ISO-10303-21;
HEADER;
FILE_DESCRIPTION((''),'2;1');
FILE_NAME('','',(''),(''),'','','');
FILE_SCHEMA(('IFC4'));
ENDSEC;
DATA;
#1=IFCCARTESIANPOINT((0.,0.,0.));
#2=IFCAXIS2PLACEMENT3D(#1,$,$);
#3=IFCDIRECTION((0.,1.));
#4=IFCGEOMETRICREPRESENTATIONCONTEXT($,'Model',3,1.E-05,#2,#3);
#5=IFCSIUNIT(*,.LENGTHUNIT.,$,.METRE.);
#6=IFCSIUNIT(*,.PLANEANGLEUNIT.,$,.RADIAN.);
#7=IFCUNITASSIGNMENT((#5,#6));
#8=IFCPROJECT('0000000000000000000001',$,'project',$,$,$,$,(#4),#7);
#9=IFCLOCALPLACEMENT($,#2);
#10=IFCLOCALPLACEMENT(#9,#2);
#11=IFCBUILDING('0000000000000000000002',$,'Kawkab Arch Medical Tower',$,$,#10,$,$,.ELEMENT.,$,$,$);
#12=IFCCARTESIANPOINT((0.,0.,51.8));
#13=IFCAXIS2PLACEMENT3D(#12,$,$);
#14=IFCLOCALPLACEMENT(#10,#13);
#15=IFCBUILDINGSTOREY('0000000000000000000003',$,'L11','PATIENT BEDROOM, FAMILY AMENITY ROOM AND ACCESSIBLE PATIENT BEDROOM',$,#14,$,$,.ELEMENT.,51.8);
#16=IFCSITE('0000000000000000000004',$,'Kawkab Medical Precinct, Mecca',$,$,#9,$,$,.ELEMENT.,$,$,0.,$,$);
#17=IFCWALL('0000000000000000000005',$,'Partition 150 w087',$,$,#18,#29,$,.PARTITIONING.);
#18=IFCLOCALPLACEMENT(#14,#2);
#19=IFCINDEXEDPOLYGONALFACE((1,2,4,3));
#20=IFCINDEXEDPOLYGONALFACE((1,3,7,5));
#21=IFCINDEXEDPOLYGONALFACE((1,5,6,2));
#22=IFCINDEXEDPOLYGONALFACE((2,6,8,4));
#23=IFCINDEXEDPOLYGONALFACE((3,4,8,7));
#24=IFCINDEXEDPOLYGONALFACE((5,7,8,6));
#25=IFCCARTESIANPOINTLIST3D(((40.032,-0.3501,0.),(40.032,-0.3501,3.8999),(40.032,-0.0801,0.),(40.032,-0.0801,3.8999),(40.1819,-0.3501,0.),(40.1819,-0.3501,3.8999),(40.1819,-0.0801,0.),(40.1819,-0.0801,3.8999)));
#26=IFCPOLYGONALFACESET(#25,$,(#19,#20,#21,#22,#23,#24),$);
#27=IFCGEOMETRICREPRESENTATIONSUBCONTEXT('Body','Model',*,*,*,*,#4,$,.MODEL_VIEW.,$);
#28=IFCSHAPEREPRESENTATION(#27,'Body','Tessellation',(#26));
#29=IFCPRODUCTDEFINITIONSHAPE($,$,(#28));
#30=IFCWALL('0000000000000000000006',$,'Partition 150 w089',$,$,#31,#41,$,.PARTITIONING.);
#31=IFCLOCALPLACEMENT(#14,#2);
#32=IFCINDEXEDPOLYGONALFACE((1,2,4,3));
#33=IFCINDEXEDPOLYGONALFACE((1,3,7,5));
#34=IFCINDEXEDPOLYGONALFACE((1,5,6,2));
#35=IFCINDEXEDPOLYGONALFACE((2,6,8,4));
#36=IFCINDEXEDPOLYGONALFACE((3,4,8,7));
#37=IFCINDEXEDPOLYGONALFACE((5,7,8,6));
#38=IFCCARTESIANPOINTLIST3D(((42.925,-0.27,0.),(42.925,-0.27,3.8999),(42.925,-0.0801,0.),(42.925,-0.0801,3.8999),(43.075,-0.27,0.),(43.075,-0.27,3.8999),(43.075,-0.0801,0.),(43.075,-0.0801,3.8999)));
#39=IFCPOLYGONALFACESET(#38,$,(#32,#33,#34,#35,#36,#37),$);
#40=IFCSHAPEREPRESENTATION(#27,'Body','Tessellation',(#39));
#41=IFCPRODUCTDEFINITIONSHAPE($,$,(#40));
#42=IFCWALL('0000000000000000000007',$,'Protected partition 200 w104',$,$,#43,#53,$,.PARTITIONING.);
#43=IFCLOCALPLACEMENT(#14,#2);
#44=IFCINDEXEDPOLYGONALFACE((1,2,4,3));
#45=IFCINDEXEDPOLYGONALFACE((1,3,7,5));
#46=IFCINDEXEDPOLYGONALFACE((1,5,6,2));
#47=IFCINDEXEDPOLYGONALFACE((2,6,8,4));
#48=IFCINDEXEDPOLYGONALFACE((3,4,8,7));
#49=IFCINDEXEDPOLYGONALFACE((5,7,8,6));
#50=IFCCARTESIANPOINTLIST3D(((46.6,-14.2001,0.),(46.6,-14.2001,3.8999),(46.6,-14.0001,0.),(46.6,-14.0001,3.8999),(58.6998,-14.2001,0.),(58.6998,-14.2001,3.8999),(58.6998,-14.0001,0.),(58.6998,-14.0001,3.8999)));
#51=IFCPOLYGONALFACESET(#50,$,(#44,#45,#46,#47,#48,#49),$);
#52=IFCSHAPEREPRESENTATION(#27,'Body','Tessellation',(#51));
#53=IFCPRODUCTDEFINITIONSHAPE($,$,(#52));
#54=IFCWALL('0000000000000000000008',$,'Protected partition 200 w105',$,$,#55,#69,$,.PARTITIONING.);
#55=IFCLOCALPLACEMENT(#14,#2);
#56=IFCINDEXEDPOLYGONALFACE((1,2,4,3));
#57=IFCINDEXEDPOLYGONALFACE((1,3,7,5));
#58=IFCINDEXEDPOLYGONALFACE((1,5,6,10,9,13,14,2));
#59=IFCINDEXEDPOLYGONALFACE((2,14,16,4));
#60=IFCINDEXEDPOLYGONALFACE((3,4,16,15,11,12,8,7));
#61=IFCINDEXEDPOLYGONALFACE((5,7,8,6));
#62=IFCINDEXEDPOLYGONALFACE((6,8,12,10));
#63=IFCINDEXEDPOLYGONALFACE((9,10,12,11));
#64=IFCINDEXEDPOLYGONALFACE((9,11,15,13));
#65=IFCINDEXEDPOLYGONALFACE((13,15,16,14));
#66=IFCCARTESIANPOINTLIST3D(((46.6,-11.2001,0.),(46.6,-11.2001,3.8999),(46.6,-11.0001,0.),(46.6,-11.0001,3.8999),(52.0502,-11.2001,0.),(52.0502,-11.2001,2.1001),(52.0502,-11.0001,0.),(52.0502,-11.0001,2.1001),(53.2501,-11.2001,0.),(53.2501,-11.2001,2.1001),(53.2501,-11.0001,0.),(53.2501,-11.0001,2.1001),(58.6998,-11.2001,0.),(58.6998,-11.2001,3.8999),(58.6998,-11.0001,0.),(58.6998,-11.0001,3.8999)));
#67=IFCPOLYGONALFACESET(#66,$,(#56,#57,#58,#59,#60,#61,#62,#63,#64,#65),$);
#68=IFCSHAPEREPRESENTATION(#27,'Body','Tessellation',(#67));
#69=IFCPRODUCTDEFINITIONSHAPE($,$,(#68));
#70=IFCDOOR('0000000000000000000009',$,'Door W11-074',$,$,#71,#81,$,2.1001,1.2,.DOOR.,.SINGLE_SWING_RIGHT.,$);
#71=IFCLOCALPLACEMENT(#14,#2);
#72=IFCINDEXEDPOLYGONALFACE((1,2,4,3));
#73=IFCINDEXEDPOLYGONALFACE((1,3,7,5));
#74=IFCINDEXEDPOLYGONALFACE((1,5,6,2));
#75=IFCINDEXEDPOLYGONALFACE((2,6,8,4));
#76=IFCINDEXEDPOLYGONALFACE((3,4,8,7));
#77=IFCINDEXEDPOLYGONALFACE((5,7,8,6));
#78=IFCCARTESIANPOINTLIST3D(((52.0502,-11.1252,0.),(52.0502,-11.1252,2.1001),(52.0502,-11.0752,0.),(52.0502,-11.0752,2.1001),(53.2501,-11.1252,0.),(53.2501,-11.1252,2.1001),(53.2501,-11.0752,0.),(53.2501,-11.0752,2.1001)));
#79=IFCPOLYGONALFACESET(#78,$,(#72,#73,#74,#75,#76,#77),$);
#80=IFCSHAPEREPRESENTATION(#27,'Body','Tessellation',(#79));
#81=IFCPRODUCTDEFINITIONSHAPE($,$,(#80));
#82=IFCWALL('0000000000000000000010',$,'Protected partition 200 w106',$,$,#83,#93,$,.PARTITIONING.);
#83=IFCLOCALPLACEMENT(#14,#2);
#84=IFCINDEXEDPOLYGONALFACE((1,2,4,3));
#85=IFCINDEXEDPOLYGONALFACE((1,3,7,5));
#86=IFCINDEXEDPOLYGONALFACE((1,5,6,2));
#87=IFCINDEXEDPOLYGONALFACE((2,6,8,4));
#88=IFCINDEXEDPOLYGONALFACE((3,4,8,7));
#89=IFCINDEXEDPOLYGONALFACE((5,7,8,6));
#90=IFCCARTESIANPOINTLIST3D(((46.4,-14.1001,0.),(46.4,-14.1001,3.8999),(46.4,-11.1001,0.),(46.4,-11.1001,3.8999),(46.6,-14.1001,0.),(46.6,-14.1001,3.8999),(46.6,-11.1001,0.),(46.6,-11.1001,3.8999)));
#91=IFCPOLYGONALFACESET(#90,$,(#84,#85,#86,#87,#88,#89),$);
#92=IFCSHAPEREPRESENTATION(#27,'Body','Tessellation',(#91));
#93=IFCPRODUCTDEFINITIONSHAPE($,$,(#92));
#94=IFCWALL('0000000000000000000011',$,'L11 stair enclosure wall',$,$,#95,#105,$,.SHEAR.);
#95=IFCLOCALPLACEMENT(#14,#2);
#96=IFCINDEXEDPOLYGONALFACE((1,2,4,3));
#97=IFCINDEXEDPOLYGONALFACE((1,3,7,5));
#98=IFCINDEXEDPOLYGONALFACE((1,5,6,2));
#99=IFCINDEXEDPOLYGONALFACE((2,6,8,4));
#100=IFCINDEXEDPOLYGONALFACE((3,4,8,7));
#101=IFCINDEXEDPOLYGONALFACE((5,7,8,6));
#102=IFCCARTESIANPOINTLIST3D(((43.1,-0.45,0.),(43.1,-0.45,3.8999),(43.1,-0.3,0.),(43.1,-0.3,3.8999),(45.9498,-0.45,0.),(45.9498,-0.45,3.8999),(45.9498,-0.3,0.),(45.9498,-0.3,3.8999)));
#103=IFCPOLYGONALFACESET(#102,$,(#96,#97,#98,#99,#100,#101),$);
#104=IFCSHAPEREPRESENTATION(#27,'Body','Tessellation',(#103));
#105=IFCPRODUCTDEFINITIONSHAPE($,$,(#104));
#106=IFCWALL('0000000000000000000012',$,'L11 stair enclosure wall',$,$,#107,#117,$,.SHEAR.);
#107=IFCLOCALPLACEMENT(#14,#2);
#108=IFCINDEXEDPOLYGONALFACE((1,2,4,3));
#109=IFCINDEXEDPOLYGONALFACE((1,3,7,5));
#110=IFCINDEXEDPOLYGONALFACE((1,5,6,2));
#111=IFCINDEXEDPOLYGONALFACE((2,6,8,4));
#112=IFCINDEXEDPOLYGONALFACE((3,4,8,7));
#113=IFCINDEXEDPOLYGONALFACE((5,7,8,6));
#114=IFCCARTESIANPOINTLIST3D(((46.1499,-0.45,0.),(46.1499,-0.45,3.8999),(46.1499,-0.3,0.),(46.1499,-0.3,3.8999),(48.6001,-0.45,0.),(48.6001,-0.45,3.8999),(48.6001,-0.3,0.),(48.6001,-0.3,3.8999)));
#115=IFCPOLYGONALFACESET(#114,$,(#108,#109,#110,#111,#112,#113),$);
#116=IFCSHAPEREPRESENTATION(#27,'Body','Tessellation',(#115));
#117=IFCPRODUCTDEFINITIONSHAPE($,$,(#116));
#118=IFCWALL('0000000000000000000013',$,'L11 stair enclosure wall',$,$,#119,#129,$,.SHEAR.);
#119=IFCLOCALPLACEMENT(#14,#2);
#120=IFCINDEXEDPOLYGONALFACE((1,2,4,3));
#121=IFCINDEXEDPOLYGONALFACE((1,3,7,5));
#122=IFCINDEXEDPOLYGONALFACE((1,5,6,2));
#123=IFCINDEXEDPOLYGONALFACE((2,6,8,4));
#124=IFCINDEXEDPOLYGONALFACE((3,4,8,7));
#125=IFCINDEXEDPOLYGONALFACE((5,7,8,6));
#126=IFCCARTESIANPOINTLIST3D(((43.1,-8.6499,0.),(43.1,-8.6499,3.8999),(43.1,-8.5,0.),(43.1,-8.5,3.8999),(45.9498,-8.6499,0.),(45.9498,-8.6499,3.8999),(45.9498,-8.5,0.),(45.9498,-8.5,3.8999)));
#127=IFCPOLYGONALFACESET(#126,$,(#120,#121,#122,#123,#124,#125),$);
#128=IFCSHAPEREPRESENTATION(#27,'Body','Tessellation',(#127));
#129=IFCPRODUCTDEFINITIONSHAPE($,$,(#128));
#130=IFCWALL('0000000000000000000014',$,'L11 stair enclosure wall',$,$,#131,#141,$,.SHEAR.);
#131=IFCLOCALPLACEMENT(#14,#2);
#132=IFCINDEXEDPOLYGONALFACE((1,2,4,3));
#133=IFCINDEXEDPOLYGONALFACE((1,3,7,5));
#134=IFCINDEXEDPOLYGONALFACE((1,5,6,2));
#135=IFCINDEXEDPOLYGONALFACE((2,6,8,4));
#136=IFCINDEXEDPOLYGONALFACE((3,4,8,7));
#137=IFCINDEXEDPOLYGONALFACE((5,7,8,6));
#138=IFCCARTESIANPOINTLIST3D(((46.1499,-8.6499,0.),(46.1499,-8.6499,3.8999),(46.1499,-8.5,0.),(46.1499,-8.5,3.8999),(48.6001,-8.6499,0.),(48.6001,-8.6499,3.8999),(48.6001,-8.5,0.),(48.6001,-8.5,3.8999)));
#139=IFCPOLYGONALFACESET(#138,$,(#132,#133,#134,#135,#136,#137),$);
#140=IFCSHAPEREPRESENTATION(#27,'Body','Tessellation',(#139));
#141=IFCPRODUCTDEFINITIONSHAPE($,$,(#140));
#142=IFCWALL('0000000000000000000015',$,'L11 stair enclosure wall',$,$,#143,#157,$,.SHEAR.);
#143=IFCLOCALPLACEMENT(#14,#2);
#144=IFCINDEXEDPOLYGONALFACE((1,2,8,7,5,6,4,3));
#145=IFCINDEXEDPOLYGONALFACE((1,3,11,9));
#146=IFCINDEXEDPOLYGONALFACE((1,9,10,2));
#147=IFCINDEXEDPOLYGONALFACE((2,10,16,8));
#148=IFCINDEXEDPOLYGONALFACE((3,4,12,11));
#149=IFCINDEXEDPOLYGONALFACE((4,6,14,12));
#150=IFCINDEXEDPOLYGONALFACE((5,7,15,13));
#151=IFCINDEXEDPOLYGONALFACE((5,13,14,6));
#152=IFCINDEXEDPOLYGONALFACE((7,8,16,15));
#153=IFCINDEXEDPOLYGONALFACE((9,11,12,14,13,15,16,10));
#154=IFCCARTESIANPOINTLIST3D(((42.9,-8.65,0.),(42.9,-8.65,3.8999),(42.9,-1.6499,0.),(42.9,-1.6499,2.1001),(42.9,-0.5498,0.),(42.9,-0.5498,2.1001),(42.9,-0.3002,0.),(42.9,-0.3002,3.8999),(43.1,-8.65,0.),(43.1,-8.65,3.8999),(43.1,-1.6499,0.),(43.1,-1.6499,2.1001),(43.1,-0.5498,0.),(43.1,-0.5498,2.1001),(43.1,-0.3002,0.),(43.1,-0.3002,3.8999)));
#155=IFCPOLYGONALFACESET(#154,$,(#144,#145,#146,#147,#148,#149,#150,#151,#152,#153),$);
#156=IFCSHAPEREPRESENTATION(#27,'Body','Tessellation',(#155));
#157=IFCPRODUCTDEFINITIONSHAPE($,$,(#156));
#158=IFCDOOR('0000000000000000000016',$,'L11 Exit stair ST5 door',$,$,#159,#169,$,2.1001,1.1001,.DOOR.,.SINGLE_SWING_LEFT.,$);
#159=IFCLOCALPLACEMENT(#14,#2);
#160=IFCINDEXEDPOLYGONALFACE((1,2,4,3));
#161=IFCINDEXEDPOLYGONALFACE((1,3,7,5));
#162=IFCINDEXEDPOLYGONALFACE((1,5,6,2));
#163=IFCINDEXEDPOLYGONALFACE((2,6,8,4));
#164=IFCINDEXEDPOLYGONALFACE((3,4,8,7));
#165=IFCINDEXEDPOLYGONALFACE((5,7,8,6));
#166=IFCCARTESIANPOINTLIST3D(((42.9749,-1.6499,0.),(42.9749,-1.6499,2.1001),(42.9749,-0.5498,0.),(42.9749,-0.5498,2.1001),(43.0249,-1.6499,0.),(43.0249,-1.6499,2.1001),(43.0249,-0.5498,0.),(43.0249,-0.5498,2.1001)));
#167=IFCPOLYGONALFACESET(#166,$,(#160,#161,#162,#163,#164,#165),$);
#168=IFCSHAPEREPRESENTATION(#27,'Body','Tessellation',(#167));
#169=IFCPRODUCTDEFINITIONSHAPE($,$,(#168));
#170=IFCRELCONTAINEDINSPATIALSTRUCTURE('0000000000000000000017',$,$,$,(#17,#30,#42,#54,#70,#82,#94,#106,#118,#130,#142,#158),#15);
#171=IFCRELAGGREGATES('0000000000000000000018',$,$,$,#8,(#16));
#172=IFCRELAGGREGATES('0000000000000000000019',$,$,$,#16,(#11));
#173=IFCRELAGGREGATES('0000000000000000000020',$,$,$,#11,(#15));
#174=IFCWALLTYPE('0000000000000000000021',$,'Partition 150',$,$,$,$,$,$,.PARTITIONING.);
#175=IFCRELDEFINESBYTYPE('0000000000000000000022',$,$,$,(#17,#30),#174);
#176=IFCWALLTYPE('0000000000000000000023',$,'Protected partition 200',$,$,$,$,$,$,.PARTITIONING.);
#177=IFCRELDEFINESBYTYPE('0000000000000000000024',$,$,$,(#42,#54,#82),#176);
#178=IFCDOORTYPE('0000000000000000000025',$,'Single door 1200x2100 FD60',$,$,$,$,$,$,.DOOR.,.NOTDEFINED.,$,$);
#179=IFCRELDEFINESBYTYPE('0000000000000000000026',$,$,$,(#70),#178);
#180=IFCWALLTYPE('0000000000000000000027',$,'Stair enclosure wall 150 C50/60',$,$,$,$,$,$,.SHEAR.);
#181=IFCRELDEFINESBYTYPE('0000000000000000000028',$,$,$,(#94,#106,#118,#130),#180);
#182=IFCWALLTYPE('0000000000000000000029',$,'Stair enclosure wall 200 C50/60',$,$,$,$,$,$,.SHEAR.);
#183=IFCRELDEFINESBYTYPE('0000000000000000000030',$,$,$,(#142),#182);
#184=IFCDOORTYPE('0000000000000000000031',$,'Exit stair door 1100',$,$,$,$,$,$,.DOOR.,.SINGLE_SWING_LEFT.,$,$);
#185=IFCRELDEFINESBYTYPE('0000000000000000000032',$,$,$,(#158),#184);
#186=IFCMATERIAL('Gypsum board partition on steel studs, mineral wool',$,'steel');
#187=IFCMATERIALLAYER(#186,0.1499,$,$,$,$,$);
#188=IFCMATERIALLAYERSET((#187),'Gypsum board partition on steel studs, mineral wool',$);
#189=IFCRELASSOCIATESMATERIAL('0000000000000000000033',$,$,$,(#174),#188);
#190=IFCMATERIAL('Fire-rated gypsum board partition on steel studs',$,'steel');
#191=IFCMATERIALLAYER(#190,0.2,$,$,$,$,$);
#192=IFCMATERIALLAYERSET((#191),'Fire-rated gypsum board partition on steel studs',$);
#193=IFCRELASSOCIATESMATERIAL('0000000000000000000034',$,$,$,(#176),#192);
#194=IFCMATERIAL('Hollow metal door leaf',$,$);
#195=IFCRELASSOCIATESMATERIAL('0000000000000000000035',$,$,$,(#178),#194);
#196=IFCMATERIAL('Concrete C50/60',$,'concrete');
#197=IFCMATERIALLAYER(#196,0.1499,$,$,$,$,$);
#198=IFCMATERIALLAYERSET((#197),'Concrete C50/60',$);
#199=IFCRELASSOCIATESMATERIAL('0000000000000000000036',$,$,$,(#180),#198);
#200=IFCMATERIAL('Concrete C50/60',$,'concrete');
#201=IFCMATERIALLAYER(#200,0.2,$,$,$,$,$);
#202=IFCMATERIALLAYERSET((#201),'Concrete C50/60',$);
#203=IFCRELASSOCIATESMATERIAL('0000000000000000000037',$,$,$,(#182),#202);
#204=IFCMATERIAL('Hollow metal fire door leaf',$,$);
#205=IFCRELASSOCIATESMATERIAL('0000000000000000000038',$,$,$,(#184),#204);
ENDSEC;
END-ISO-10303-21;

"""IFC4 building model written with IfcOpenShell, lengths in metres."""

from ifc_helpers import new_model, si_unit, direction, frame, frame_2d, origin, place, context, subcontext, project, spatial, rectangle, extrude, material, layer, layer_set, type_object, element, fill, save


model = new_model("IFC4")

# Units and contexts
model_context = context("Model", 3, precision=1e-05, world=origin(), true_north=direction((0.0, 1.0)))
body_context = subcontext(model_context, "Body", "Model", "MODEL_VIEW")
ifc_project = project(units=[si_unit("LENGTHUNIT", "METRE"), si_unit("PLANEANGLEUNIT", "RADIAN")], contexts=[model_context])

# Site, building, storey
site_placement = place(None, origin())
site = spatial("IfcSite", under=ifc_project, at=site_placement, Name="Kawkab Medical Precinct, Mecca", CompositionType="ELEMENT", RefElevation=0.0)
building_placement = place(site_placement, origin())
building = spatial("IfcBuilding", under=site, at=building_placement, Name="Kawkab Arch Medical Tower", CompositionType="ELEMENT")
storey_placement = place(building_placement, frame((0.0, 0.0, 51.8)))
storey = spatial("IfcBuildingStorey", under=building, at=storey_placement, Name="L11", Description="PATIENT BEDROOM, FAMILY AMENITY ROOM AND ACCESSIBLE PATIENT BEDROOM", CompositionType="ELEMENT", Elevation=51.8)

# Shared definitions
ifc_material_1 = material(Name="Gypsum board partition on steel studs, mineral wool", Category="steel")
ifc_layer_1 = layer(ifc_material_1, 0.1499)
ifc_layer_set_1 = layer_set([ifc_layer_1], Name="Gypsum board partition on steel studs, mineral wool")
wall_type_1 = type_object("IfcWallType", Name="Partition 150", PredefinedType="PARTITIONING", material=ifc_layer_set_1)

# Walls
wall_1_placement = place(storey_placement, frame((40.1069, -0.3501, 0.0), z_axis=(0.0, 0.0, 1.0), x_axis=(0.0, 1.0, 0.0)))
element("IfcWall", 1, at=wall_1_placement, inside=storey, type_object=wall_type_1, Name="Partition 150 w087", PredefinedType="PARTITIONING", context=body_context, shape_type="SweptSolid", body=[
    extrude(rectangle(XDim=0.27, YDim=0.1499, at=frame_2d((0.135, 0.0))), origin(), (0.0, 0.0, 1.0), 3.8999),
])
wall_2_placement = place(storey_placement, frame((43.0, -0.27, 0.0), z_axis=(0.0, 0.0, 1.0), x_axis=(0.0, 1.0, 0.0)))
element("IfcWall", 2, at=wall_2_placement, inside=storey, type_object=wall_type_1, Name="Partition 150 w089", PredefinedType="PARTITIONING", context=body_context, shape_type="SweptSolid", body=[
    extrude(rectangle(XDim=0.1899, YDim=0.1499, at=frame_2d((0.095, 0.0))), origin(), (0.0, 0.0, 1.0), 3.8999),
])
ifc_material_2 = material(Name="Fire-rated gypsum board partition on steel studs", Category="steel")
ifc_layer_2 = layer(ifc_material_2, 0.2)
ifc_layer_set_2 = layer_set([ifc_layer_2], Name="Fire-rated gypsum board partition on steel studs")
wall_type_2 = type_object("IfcWallType", Name="Protected partition 200", PredefinedType="PARTITIONING", material=ifc_layer_set_2)
wall_3_placement = place(storey_placement, frame((46.6001, -14.1001, 0.0), z_axis=(0.0, 0.0, 1.0), x_axis=(1.0, 0.0, 0.0)))
element("IfcWall", 3, at=wall_3_placement, inside=storey, type_object=wall_type_2, Name="Protected partition 200 w104", PredefinedType="PARTITIONING", context=body_context, shape_type="SweptSolid", body=[
    extrude(rectangle(XDim=12.0999, YDim=0.2, at=frame_2d((6.0498, 0.0))), origin(), (0.0, 0.0, 1.0), 3.8999),
])

# Wall, opening, door
wall_4_placement = place(storey_placement, frame((46.6001, -11.1001, 0.0), z_axis=(0.0, 0.0, 1.0), x_axis=(1.0, 0.0, 0.0)))
wall_4 = element("IfcWall", 4, at=wall_4_placement, inside=storey, type_object=wall_type_2, Name="Protected partition 200 w105", PredefinedType="PARTITIONING", context=body_context, shape_type="SweptSolid", body=[
    extrude(rectangle(XDim=12.0999, YDim=0.2, at=frame_2d((6.0498, 0.0))), origin(), (0.0, 0.0, 1.0), 3.8999),
])
opening_1_placement = place(wall_4_placement, frame((5.45, 0.0, 0.0)))
opening_1 = element("IfcOpeningElement", 5, at=opening_1_placement, cuts=wall_4, PredefinedType="OPENING", context=body_context, shape_type="SweptSolid", body=[
    extrude(rectangle(XDim=1.2, YDim=2.1001, at=frame_2d((0.6001, 1.05))), frame((0.0, 0.1099, 0.0), z_axis=(0.0, -1.0, 0.0), x_axis=(1.0, 0.0, 0.0)), (0.0, 0.0, 1.0), 0.22),
])
ifc_material_3 = material(Name="Hollow metal door leaf")
door_type_1 = type_object("IfcDoorType", Name="Single door 1200x2100 FD60", OperationType="NOTDEFINED", PredefinedType="DOOR", material=ifc_material_3)
door_1_placement = place(opening_1_placement, origin())
door_1 = element("IfcDoor", 6, at=door_1_placement, inside=storey, type_object=door_type_1, Name="Door W11-074", OperationType="SINGLE_SWING_RIGHT", OverallHeight=2.1001, OverallWidth=1.2, PredefinedType="DOOR", context=body_context, shape_type="SweptSolid", body=[
    extrude(rectangle(XDim=1.2, YDim=2.1001, at=frame_2d((0.6001, 1.05))), frame((0.0, 0.0249, 0.0), z_axis=(0.0, -1.0, 0.0), x_axis=(1.0, 0.0, 0.0)), (0.0, 0.0, 1.0), 0.05),
])
fill(opening_1, door_1)

# Walls
wall_5_placement = place(storey_placement, frame((46.5, -14.1001, 0.0), z_axis=(0.0, 0.0, 1.0), x_axis=(0.0, 1.0, 0.0)))
element("IfcWall", 7, at=wall_5_placement, inside=storey, type_object=wall_type_2, Name="Protected partition 200 w106", PredefinedType="PARTITIONING", context=body_context, shape_type="SweptSolid", body=[
    extrude(rectangle(XDim=3.0, YDim=0.2, at=frame_2d((1.5, 0.0))), origin(), (0.0, 0.0, 1.0), 3.8999),
])
ifc_material_4 = material(Name="Concrete C50/60", Category="concrete")
ifc_layer_3 = layer(ifc_material_4, 0.1499)
ifc_layer_set_3 = layer_set([ifc_layer_3], Name="Concrete C50/60")
wall_type_3 = type_object("IfcWallType", Name="Stair enclosure wall 150 C50/60", PredefinedType="SHEAR", material=ifc_layer_set_3)
wall_6_placement = place(storey_placement, frame((43.1001, -0.375, 0.0), z_axis=(0.0, 0.0, 1.0), x_axis=(1.0, 0.0, 0.0)))
element("IfcWall", 8, at=wall_6_placement, inside=storey, type_object=wall_type_3, Name="L11 stair enclosure wall", PredefinedType="SHEAR", context=body_context, shape_type="SweptSolid", body=[
    extrude(rectangle(XDim=2.8499, YDim=0.1499, at=frame_2d((1.4248, 0.0))), origin(), (0.0, 0.0, 1.0), 3.8999),
])
wall_7_placement = place(storey_placement, frame((46.1499, -0.375, 0.0), z_axis=(0.0, 0.0, 1.0), x_axis=(1.0, 0.0, 0.0)))
element("IfcWall", 9, at=wall_7_placement, inside=storey, type_object=wall_type_3, Name="L11 stair enclosure wall", PredefinedType="SHEAR", context=body_context, shape_type="SweptSolid", body=[
    extrude(rectangle(XDim=2.4502, YDim=0.1499, at=frame_2d((1.2251, 0.0))), origin(), (0.0, 0.0, 1.0), 3.8999),
])
wall_8_placement = place(storey_placement, frame((43.1001, -8.575, 0.0), z_axis=(0.0, 0.0, 1.0), x_axis=(1.0, 0.0, 0.0)))
element("IfcWall", 10, at=wall_8_placement, inside=storey, type_object=wall_type_3, Name="L11 stair enclosure wall", PredefinedType="SHEAR", context=body_context, shape_type="SweptSolid", body=[
    extrude(rectangle(XDim=2.8499, YDim=0.1499, at=frame_2d((1.4248, 0.0))), origin(), (0.0, 0.0, 1.0), 3.8999),
])
wall_9_placement = place(storey_placement, frame((46.1499, -8.575, 0.0), z_axis=(0.0, 0.0, 1.0), x_axis=(1.0, 0.0, 0.0)))
element("IfcWall", 11, at=wall_9_placement, inside=storey, type_object=wall_type_3, Name="L11 stair enclosure wall", PredefinedType="SHEAR", context=body_context, shape_type="SweptSolid", body=[
    extrude(rectangle(XDim=2.4502, YDim=0.1499, at=frame_2d((1.2251, 0.0))), origin(), (0.0, 0.0, 1.0), 3.8999),
])

# Wall, opening, door
ifc_material_5 = material(Name="Concrete C50/60", Category="concrete")
ifc_layer_4 = layer(ifc_material_5, 0.2)
ifc_layer_set_4 = layer_set([ifc_layer_4], Name="Concrete C50/60")
wall_type_4 = type_object("IfcWallType", Name="Stair enclosure wall 200 C50/60", PredefinedType="SHEAR", material=ifc_layer_set_4)
wall_10_placement = place(storey_placement, frame((43.0, -8.6499, 0.0), z_axis=(0.0, 0.0, 1.0), x_axis=(0.0, 1.0, 0.0)))
wall_10 = element("IfcWall", 12, at=wall_10_placement, inside=storey, type_object=wall_type_4, Name="L11 stair enclosure wall", PredefinedType="SHEAR", context=body_context, shape_type="SweptSolid", body=[
    extrude(rectangle(XDim=8.3499, YDim=0.2, at=frame_2d((4.1748, 0.0))), origin(), (0.0, 0.0, 1.0), 3.8999),
])
opening_2_placement = place(wall_10_placement, frame((7.0, 0.0, 0.0)))
opening_2 = element("IfcOpeningElement", 13, at=opening_2_placement, cuts=wall_10, PredefinedType="OPENING", context=body_context, shape_type="SweptSolid", body=[
    extrude(rectangle(XDim=1.1001, YDim=2.1001, at=frame_2d((0.55, 1.05))), frame((0.0, 0.1099, 0.0), z_axis=(0.0, -1.0, 0.0), x_axis=(1.0, 0.0, 0.0)), (0.0, 0.0, 1.0), 0.22),
])
ifc_material_6 = material(Name="Hollow metal fire door leaf")
door_type_2 = type_object("IfcDoorType", Name="Exit stair door 1100", OperationType="SINGLE_SWING_LEFT", PredefinedType="DOOR", material=ifc_material_6)
door_2_placement = place(opening_2_placement, frame((1.1001, 0.0, 0.0), z_axis=(0.0, 0.0, 1.0), x_axis=(-1.0, 0.0, 0.0)))
door_2 = element("IfcDoor", 14, at=door_2_placement, inside=storey, type_object=door_type_2, Name="L11 Exit stair ST5 door", OperationType="SINGLE_SWING_LEFT", OverallHeight=2.1001, OverallWidth=1.1001, PredefinedType="DOOR", context=body_context, shape_type="SweptSolid", body=[
    extrude(rectangle(XDim=1.1001, YDim=2.1001, at=frame_2d((0.55, 1.05))), frame((0.0, 0.0249, 0.0), z_axis=(0.0, -1.0, 0.0), x_axis=(1.0, 0.0, 0.0)), (0.0, 0.0, 1.0), 0.05),
])
fill(opening_2, door_2)

save(model, "model.ifc")
